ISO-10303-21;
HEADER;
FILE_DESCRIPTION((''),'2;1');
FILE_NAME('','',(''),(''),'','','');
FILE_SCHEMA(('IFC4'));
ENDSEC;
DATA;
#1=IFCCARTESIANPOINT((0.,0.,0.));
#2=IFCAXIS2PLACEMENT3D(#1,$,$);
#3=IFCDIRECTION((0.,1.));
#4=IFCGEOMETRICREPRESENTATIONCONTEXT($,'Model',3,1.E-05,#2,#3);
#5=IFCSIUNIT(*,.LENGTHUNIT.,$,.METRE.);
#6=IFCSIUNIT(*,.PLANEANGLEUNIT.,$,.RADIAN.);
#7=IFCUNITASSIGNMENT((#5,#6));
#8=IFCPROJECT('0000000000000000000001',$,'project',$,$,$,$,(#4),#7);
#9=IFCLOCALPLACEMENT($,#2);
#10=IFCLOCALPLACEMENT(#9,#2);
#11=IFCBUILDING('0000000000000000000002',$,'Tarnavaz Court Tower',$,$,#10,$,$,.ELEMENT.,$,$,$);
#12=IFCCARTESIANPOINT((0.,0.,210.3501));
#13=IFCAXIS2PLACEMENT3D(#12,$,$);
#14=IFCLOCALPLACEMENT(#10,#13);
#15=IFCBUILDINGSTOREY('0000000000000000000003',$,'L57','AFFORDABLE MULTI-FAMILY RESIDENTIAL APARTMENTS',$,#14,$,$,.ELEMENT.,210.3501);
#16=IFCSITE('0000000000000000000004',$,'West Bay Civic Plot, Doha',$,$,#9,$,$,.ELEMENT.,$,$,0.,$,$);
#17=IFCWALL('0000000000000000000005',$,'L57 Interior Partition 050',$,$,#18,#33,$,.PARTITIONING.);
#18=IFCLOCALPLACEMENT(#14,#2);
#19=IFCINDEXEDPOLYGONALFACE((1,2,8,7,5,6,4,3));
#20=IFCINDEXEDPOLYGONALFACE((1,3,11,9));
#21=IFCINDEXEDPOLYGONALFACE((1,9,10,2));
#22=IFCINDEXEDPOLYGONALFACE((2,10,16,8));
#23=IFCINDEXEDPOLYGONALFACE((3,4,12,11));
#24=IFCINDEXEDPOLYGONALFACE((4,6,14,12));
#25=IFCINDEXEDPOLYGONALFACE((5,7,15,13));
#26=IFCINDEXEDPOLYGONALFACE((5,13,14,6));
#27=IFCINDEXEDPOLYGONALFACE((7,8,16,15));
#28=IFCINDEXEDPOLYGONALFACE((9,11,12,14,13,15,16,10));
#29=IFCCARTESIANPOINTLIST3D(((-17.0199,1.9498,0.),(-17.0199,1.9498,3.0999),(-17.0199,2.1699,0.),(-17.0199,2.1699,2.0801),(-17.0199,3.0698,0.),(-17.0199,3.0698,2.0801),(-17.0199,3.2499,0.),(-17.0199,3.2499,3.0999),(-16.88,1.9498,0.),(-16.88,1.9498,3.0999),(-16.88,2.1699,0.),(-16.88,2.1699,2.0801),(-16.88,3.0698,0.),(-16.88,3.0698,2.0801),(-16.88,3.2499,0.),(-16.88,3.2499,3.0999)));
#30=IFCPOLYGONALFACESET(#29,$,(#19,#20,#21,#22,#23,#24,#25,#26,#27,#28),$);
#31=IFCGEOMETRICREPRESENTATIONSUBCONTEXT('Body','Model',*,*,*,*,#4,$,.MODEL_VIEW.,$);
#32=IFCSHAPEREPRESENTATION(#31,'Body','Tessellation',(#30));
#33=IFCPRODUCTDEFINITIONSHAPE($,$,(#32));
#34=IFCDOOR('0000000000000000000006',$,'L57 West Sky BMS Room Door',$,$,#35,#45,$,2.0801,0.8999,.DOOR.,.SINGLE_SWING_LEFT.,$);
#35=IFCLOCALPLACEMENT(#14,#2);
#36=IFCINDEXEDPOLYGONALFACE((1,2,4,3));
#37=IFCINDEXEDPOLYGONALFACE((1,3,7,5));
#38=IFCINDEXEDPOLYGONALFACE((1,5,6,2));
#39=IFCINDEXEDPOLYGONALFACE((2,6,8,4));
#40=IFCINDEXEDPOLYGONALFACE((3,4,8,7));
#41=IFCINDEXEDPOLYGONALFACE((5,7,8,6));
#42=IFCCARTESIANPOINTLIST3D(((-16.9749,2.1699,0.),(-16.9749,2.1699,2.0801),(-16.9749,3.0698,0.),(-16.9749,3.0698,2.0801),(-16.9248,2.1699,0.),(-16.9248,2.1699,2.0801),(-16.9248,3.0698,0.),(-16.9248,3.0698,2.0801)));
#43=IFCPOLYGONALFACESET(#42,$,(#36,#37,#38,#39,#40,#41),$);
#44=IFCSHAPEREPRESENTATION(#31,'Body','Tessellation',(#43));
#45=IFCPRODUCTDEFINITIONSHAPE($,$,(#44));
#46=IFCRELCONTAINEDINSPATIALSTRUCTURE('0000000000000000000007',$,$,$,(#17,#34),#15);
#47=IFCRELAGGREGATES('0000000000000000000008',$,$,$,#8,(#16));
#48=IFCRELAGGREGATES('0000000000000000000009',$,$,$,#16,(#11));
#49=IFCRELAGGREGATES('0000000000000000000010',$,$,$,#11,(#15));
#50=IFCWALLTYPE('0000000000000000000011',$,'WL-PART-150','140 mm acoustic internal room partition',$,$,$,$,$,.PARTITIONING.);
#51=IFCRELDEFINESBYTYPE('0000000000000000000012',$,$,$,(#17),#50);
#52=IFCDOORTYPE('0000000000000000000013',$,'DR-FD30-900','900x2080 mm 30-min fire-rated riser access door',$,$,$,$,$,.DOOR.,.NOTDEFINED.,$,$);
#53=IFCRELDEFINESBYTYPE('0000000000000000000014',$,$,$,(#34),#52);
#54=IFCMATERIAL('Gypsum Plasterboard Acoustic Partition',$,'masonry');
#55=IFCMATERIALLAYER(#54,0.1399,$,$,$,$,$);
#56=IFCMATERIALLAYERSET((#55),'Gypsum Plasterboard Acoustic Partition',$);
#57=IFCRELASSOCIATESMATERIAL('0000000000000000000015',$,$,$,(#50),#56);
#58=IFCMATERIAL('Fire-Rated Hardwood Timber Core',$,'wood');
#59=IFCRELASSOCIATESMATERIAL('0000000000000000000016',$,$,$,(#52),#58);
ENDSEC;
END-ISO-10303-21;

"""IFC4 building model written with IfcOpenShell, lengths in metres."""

from ifc_helpers import new_model, si_unit, direction, frame, frame_2d, origin, place, context, subcontext, project, spatial, rectangle, extrude, material, layer, layer_set, type_object, element, fill, save


model = new_model("IFC4")

# Units and contexts
model_context = context("Model", 3, precision=1e-05, world=origin(), true_north=direction((0.0, 1.0)))
body_context = subcontext(model_context, "Body", "Model", "MODEL_VIEW")
ifc_project = project(units=[si_unit("LENGTHUNIT", "METRE"), si_unit("PLANEANGLEUNIT", "RADIAN")], contexts=[model_context])

# Site, building, storey
site_placement = place(None, origin())
site = spatial("IfcSite", under=ifc_project, at=site_placement, Name="West Bay Civic Plot, Doha", CompositionType="ELEMENT", RefElevation=0.0)
building_placement = place(site_placement, origin())
building = spatial("IfcBuilding", under=site, at=building_placement, Name="Tarnavaz Court Tower", CompositionType="ELEMENT")
storey_placement = place(building_placement, frame((0.0, 0.0, 210.3501)))
storey = spatial("IfcBuildingStorey", under=building, at=storey_placement, Name="L57", Description="AFFORDABLE MULTI-FAMILY RESIDENTIAL APARTMENTS", CompositionType="ELEMENT", Elevation=210.3501)

# Shared definitions
ifc_material_1 = material(Name="Fire-Rated Hardwood Timber Core", Category="wood")

# Wall, opening, door
ifc_material_2 = material(Name="Gypsum Plasterboard Acoustic Partition", Category="masonry")
ifc_layer_1 = layer(ifc_material_2, 0.1399)
ifc_layer_set_1 = layer_set([ifc_layer_1], Name="Gypsum Plasterboard Acoustic Partition")
wall_type_1 = type_object("IfcWallType", Name="WL-PART-150", Description="140 mm acoustic internal room partition", PredefinedType="PARTITIONING", material=ifc_layer_set_1)
door_type_1 = type_object("IfcDoorType", Name="DR-FD30-900", Description="900x2080 mm 30-min fire-rated riser access door", OperationType="NOTDEFINED", PredefinedType="DOOR", material=ifc_material_1)
wall_1_placement = place(storey_placement, frame((-16.95, 1.95, 0.0), z_axis=(0.0, 0.0, 1.0), x_axis=(0.0, 1.0, 0.0)))
wall_1 = element("IfcWall", 1, at=wall_1_placement, inside=storey, type_object=wall_type_1, Name="L57 Interior Partition 050", PredefinedType="PARTITIONING", context=body_context, shape_type="SweptSolid", body=[
    extrude(rectangle(XDim=1.3, YDim=0.1399, at=frame_2d((0.6499, 0.0))), origin(), (0.0, 0.0, 1.0), 3.0999),
])
opening_1_placement = place(wall_1_placement, frame((0.22, 0.0, 0.0)))
opening_1 = element("IfcOpeningElement", 2, at=opening_1_placement, cuts=wall_1, PredefinedType="OPENING", context=body_context, shape_type="SweptSolid", body=[
    extrude(rectangle(XDim=0.8999, YDim=2.0801, at=frame_2d((0.45, 1.04))), frame((0.0, 0.0798, 0.0), z_axis=(0.0, -1.0, 0.0), x_axis=(1.0, 0.0, 0.0)), (0.0, 0.0, 1.0), 0.1599),
])
door_1_placement = place(opening_1_placement, origin())
door_1 = element("IfcDoor", 3, at=door_1_placement, inside=storey, type_object=door_type_1, Name="L57 West Sky BMS Room Door", OperationType="SINGLE_SWING_LEFT", OverallHeight=2.0801, OverallWidth=0.8999, PredefinedType="DOOR", context=body_context, shape_type="SweptSolid", body=[
    extrude(rectangle(XDim=0.8999, YDim=2.0801, at=frame_2d((0.45, 1.04))), frame((0.0, 0.0249, 0.0), z_axis=(0.0, -1.0, 0.0), x_axis=(1.0, 0.0, 0.0)), (0.0, 0.0, 1.0), 0.05),
])
fill(opening_1, door_1)

save(model, "model.ifc")
